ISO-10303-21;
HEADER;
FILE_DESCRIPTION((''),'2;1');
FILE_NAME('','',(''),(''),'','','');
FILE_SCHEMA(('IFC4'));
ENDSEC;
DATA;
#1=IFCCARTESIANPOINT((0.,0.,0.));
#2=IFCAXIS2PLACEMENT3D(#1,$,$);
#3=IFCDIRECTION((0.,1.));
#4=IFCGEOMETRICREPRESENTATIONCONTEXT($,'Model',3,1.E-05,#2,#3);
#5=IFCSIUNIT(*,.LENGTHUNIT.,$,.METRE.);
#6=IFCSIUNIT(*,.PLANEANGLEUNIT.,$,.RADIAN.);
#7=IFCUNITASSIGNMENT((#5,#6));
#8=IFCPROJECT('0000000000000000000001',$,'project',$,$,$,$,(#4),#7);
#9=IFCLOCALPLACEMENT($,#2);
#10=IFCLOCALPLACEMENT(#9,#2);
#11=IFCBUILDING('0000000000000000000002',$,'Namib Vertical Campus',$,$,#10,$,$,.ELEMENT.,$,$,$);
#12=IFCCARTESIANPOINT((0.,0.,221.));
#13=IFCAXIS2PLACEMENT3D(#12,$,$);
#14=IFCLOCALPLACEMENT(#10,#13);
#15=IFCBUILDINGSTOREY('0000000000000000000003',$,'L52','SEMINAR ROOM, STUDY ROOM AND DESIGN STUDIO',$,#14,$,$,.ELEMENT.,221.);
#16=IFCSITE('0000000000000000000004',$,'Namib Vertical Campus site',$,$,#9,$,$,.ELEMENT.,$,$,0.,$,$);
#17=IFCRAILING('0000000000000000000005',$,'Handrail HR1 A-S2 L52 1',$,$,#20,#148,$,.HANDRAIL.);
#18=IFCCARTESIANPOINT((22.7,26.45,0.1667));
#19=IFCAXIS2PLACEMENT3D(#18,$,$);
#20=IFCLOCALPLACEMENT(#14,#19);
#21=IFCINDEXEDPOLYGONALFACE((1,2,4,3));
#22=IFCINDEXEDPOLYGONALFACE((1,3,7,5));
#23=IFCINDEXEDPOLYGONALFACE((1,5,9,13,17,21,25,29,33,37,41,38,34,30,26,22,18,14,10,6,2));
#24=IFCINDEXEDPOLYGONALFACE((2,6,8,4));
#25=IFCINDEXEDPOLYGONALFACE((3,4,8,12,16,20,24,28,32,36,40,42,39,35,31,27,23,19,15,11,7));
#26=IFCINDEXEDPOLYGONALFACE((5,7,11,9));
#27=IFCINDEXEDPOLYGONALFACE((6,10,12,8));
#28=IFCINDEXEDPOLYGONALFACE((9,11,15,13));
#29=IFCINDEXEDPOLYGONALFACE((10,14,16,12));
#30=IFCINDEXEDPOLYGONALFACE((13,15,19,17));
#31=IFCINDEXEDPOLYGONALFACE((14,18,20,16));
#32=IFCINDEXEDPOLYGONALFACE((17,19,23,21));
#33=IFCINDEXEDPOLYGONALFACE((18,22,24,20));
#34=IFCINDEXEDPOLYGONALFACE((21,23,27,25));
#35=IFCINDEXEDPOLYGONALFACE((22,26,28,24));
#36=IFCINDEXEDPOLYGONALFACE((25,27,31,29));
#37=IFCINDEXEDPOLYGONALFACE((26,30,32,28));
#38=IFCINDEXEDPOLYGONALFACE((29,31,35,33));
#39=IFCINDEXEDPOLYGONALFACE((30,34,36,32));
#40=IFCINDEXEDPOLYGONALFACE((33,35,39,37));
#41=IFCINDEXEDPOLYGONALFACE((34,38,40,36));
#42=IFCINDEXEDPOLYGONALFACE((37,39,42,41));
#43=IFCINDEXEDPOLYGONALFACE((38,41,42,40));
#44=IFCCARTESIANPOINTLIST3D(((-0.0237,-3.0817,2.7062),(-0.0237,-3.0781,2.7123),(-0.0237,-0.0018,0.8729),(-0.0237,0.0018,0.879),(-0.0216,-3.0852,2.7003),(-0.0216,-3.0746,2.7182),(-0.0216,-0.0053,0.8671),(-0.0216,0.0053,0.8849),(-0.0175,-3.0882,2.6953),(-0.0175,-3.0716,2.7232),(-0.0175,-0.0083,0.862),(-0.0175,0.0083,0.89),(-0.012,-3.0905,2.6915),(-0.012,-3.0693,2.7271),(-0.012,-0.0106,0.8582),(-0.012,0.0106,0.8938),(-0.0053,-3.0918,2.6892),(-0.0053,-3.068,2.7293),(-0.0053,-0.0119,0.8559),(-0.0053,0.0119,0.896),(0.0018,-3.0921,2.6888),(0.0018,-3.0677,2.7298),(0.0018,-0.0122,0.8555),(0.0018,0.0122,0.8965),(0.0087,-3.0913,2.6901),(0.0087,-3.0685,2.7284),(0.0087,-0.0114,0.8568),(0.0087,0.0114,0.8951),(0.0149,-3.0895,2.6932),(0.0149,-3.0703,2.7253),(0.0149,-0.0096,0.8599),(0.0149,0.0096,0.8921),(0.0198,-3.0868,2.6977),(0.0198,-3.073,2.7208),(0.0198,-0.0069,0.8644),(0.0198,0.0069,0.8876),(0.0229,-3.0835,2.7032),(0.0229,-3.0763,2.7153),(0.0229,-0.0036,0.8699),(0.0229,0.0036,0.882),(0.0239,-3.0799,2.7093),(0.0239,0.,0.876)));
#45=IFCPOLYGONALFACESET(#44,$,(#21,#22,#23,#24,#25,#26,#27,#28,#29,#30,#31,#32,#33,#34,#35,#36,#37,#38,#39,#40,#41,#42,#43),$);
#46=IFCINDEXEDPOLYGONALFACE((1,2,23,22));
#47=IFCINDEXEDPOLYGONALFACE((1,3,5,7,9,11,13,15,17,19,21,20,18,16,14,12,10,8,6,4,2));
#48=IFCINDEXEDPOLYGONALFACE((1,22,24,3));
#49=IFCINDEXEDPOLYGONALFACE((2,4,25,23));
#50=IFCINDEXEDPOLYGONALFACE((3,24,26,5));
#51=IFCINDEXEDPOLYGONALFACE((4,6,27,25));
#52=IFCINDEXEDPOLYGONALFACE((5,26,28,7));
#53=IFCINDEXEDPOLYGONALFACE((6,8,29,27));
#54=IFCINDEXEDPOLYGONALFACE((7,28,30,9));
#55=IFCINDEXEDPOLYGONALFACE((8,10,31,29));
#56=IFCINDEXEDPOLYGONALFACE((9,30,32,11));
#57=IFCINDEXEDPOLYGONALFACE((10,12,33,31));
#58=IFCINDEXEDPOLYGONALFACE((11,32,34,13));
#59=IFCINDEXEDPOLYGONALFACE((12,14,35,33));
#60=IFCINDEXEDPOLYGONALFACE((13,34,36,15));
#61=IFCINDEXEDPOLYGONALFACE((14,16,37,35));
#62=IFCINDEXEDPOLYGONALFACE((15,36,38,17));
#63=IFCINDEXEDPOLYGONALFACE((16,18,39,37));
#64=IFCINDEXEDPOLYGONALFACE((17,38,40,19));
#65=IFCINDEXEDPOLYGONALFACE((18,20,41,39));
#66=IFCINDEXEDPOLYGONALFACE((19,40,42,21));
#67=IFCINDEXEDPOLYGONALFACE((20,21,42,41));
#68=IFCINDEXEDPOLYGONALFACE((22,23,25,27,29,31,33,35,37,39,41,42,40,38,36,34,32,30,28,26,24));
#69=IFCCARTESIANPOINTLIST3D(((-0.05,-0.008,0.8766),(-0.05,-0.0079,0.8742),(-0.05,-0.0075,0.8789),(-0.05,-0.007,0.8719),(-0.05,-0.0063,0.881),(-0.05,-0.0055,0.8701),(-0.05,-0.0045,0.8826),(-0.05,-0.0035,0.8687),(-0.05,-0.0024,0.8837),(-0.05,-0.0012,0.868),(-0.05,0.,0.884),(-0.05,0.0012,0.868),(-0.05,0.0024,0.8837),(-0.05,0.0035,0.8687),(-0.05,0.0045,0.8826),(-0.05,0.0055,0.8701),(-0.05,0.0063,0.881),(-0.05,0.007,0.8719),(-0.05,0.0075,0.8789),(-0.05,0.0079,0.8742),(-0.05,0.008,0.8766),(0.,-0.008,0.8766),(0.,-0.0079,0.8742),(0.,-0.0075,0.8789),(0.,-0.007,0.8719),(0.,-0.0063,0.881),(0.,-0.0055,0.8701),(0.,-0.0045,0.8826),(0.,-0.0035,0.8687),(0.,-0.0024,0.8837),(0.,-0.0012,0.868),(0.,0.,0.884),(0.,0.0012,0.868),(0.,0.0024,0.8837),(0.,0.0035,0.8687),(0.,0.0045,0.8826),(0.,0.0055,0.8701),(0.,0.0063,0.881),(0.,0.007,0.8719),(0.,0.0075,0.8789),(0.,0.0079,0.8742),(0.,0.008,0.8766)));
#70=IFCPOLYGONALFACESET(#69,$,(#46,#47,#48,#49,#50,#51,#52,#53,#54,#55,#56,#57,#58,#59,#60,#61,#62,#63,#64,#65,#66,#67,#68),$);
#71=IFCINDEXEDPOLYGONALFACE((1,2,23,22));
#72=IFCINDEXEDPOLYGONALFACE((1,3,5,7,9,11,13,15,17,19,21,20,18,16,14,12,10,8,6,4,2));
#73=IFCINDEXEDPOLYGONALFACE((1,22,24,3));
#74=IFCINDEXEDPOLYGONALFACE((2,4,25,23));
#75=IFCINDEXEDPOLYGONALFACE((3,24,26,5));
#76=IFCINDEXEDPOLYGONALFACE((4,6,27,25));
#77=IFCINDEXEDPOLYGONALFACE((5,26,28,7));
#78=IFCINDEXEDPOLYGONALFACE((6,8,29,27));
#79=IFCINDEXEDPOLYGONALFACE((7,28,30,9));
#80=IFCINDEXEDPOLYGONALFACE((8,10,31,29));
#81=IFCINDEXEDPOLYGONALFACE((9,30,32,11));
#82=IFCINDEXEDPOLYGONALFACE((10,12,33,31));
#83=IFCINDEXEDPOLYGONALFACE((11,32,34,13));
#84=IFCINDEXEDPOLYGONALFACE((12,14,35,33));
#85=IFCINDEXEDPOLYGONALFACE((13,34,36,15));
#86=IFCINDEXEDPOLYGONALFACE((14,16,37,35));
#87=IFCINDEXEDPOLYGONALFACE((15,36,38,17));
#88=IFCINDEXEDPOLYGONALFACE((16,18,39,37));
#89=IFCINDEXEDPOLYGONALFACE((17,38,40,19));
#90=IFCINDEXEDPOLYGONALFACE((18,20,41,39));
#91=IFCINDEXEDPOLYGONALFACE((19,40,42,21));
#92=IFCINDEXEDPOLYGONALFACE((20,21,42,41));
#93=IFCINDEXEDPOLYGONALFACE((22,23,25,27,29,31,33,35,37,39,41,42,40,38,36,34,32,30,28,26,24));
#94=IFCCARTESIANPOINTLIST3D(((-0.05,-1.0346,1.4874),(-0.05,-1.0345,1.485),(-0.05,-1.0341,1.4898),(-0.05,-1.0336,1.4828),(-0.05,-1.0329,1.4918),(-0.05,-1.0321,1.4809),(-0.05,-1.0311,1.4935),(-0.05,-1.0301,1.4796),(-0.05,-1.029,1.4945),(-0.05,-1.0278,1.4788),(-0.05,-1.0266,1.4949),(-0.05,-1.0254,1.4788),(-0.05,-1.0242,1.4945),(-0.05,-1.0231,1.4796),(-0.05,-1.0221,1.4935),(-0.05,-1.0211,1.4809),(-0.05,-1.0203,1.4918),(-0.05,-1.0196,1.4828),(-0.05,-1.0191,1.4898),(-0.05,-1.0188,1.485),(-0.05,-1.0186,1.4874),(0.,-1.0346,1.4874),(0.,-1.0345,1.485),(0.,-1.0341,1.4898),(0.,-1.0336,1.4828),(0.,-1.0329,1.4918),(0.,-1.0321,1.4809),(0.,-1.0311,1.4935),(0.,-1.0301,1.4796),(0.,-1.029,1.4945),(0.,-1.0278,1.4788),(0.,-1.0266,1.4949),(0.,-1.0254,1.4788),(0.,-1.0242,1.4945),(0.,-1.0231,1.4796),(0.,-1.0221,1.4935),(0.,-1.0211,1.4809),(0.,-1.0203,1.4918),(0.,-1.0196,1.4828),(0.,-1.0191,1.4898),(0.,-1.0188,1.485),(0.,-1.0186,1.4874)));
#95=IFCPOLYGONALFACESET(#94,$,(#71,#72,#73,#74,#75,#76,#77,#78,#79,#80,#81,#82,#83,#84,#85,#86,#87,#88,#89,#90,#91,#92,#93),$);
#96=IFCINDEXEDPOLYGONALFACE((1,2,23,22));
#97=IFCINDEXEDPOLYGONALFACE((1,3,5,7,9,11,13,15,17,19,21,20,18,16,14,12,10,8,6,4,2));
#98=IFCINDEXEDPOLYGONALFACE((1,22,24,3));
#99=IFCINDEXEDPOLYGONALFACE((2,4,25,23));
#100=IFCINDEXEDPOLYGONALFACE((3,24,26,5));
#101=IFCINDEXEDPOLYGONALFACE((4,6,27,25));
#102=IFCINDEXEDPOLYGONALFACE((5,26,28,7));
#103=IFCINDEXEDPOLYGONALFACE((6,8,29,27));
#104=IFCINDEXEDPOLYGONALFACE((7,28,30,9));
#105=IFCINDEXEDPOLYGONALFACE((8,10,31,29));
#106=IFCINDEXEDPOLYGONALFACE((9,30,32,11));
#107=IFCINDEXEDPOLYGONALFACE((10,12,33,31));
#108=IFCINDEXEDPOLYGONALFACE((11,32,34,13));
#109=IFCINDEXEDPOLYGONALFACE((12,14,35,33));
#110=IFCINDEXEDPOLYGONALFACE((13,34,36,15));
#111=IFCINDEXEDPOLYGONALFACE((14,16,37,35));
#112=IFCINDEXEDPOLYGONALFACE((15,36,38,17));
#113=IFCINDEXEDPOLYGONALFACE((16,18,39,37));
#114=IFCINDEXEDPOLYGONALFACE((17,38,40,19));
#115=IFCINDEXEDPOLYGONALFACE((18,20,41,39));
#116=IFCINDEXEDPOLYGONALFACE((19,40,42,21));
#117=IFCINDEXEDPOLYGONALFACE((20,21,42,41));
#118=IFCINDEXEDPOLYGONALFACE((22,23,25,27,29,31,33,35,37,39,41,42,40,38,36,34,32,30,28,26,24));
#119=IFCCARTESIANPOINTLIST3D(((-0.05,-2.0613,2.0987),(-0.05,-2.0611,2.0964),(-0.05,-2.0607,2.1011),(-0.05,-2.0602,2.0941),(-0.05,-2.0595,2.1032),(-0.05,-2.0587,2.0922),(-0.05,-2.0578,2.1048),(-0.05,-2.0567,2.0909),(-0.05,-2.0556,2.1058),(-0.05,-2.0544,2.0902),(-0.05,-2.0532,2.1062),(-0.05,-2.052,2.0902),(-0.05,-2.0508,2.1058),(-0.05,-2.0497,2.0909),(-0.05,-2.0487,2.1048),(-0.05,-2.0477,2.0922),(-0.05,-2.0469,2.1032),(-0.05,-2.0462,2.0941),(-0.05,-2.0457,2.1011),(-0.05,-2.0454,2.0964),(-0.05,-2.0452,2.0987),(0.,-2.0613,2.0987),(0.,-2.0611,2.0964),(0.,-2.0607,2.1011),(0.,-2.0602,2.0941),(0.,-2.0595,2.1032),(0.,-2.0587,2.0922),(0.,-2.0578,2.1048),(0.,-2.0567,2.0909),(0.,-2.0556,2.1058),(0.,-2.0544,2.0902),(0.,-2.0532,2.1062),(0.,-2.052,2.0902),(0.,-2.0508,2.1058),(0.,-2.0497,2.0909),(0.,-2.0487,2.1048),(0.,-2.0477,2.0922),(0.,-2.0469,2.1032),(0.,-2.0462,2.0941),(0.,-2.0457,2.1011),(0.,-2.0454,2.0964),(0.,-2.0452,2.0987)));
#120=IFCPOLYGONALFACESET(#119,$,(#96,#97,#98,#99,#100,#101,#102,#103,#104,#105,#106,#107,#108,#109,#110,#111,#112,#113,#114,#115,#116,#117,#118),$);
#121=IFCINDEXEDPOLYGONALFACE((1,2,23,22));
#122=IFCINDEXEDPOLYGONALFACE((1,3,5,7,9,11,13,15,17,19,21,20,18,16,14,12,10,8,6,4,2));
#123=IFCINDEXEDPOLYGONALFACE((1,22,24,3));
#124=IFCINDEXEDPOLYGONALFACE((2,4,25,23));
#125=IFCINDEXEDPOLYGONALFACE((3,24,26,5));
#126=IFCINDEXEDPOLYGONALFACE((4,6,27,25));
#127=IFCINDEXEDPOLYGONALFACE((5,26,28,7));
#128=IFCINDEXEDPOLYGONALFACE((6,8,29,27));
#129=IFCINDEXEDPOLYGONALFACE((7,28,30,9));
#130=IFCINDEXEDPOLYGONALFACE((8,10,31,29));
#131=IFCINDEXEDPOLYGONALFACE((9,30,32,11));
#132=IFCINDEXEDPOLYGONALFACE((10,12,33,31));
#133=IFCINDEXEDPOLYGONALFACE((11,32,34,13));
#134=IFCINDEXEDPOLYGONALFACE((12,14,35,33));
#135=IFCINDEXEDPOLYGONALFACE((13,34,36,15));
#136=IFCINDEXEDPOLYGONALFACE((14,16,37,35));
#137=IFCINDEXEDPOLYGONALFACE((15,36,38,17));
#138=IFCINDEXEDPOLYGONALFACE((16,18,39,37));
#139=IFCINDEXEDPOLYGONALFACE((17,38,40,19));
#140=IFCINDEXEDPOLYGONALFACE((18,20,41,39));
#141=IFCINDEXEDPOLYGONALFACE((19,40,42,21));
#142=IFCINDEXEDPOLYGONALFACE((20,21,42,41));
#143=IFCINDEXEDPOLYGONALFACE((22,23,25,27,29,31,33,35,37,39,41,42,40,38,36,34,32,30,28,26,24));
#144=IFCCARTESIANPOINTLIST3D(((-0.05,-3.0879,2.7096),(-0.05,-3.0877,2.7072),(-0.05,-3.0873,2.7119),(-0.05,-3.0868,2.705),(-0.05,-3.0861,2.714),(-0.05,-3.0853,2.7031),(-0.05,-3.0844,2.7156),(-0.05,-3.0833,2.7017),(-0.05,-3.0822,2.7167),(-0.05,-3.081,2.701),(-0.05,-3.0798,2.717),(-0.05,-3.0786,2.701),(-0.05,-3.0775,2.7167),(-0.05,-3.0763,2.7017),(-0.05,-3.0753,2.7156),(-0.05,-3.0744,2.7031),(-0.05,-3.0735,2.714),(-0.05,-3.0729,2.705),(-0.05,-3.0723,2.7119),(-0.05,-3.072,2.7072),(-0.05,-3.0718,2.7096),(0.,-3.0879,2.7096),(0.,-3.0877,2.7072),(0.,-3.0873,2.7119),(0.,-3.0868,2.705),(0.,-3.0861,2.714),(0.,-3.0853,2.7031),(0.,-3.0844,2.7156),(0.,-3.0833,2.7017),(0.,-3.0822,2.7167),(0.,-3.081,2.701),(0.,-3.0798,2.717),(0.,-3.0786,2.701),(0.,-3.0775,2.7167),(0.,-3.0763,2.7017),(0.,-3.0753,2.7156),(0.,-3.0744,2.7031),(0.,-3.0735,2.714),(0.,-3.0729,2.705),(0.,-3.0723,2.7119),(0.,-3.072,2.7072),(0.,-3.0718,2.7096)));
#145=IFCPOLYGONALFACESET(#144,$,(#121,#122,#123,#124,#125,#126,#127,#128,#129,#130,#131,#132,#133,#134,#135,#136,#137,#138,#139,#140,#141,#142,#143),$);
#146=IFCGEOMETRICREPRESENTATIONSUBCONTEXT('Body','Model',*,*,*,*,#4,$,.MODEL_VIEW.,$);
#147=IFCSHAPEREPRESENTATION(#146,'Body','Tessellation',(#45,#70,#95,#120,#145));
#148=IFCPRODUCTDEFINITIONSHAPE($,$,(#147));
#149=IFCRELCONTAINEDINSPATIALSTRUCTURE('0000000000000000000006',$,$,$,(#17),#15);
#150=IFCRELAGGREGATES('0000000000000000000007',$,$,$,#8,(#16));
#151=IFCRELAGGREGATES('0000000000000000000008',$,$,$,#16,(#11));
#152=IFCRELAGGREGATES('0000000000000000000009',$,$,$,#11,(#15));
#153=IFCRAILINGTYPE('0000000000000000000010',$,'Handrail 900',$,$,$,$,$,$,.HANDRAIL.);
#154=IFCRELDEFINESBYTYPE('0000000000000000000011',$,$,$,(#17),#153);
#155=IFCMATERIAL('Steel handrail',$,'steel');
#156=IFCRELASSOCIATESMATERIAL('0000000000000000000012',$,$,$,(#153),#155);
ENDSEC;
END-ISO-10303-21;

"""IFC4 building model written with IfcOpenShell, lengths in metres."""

from ifc_helpers import new_model, si_unit, direction, frame, origin, origin_2d, place, context, subcontext, project, spatial, circle, extrude, material, type_object, element, save


model = new_model("IFC4")

# Units and contexts
model_context = context("Model", 3, precision=1e-05, world=origin(), true_north=direction((0.0, 1.0)))
body_context = subcontext(model_context, "Body", "Model", "MODEL_VIEW")
ifc_project = project(units=[si_unit("LENGTHUNIT", "METRE"), si_unit("PLANEANGLEUNIT", "RADIAN")], contexts=[model_context])

# Site, building, storey
site_placement = place(None, origin())
site = spatial("IfcSite", under=ifc_project, at=site_placement, Name="Namib Vertical Campus site", CompositionType="ELEMENT", RefElevation=0.0)
building_placement = place(site_placement, origin())
building = spatial("IfcBuilding", under=site, at=building_placement, Name="Namib Vertical Campus", CompositionType="ELEMENT")
storey_placement = place(building_placement, frame((0.0, 0.0, 221.0)))
storey = spatial("IfcBuildingStorey", under=building, at=storey_placement, Name="L52", Description="SEMINAR ROOM, STUDY ROOM AND DESIGN STUDIO", CompositionType="ELEMENT", Elevation=221.0)

# Railing
ifc_material_1 = material(Name="Steel handrail", Category="steel")
railing_type_1 = type_object("IfcRailingType", Name="Handrail 900", PredefinedType="HANDRAIL", material=ifc_material_1)
railing_1_placement = place(storey_placement, frame((22.7, 26.45, 0.1667)))
element("IfcRailing", 1, at=railing_1_placement, inside=storey, type_object=railing_type_1, Name="Handrail HR1 A-S2 L52 1", PredefinedType="HANDRAIL", context=body_context, shape_type="SweptSolid", body=[
    extrude(circle(Radius=0.0239, at=origin_2d()), frame((0.0, 0.0, 0.876), z_axis=(0.0, -0.859291, 0.511487), x_axis=(1.0, 0.0, 0.0)), (0.0, 0.0, 1.0), 3.5842),
    extrude(circle(Radius=0.0081, at=origin_2d()), frame((0.0, 0.0, 0.876), z_axis=(-1.0, 0.0, 0.0), x_axis=(0.0, 0.0, 1.0)), (0.0, 0.0, 1.0), 0.05),
    extrude(circle(Radius=0.0081, at=origin_2d()), frame((0.0, -1.0266, 1.4868), z_axis=(-1.0, 0.0, 0.0), x_axis=(0.0, 0.0, 1.0)), (0.0, 0.0, 1.0), 0.05),
    extrude(circle(Radius=0.0081, at=origin_2d()), frame((0.0, -2.0532, 2.0981), z_axis=(-1.0, 0.0, 0.0), x_axis=(0.0, 0.0, 1.0)), (0.0, 0.0, 1.0), 0.05),
    extrude(circle(Radius=0.0081, at=origin_2d()), frame((0.0, -3.0798, 2.709), z_axis=(-1.0, 0.0, 0.0), x_axis=(0.0, 0.0, 1.0)), (0.0, 0.0, 1.0), 0.05),
])

save(model, "model.ifc")
